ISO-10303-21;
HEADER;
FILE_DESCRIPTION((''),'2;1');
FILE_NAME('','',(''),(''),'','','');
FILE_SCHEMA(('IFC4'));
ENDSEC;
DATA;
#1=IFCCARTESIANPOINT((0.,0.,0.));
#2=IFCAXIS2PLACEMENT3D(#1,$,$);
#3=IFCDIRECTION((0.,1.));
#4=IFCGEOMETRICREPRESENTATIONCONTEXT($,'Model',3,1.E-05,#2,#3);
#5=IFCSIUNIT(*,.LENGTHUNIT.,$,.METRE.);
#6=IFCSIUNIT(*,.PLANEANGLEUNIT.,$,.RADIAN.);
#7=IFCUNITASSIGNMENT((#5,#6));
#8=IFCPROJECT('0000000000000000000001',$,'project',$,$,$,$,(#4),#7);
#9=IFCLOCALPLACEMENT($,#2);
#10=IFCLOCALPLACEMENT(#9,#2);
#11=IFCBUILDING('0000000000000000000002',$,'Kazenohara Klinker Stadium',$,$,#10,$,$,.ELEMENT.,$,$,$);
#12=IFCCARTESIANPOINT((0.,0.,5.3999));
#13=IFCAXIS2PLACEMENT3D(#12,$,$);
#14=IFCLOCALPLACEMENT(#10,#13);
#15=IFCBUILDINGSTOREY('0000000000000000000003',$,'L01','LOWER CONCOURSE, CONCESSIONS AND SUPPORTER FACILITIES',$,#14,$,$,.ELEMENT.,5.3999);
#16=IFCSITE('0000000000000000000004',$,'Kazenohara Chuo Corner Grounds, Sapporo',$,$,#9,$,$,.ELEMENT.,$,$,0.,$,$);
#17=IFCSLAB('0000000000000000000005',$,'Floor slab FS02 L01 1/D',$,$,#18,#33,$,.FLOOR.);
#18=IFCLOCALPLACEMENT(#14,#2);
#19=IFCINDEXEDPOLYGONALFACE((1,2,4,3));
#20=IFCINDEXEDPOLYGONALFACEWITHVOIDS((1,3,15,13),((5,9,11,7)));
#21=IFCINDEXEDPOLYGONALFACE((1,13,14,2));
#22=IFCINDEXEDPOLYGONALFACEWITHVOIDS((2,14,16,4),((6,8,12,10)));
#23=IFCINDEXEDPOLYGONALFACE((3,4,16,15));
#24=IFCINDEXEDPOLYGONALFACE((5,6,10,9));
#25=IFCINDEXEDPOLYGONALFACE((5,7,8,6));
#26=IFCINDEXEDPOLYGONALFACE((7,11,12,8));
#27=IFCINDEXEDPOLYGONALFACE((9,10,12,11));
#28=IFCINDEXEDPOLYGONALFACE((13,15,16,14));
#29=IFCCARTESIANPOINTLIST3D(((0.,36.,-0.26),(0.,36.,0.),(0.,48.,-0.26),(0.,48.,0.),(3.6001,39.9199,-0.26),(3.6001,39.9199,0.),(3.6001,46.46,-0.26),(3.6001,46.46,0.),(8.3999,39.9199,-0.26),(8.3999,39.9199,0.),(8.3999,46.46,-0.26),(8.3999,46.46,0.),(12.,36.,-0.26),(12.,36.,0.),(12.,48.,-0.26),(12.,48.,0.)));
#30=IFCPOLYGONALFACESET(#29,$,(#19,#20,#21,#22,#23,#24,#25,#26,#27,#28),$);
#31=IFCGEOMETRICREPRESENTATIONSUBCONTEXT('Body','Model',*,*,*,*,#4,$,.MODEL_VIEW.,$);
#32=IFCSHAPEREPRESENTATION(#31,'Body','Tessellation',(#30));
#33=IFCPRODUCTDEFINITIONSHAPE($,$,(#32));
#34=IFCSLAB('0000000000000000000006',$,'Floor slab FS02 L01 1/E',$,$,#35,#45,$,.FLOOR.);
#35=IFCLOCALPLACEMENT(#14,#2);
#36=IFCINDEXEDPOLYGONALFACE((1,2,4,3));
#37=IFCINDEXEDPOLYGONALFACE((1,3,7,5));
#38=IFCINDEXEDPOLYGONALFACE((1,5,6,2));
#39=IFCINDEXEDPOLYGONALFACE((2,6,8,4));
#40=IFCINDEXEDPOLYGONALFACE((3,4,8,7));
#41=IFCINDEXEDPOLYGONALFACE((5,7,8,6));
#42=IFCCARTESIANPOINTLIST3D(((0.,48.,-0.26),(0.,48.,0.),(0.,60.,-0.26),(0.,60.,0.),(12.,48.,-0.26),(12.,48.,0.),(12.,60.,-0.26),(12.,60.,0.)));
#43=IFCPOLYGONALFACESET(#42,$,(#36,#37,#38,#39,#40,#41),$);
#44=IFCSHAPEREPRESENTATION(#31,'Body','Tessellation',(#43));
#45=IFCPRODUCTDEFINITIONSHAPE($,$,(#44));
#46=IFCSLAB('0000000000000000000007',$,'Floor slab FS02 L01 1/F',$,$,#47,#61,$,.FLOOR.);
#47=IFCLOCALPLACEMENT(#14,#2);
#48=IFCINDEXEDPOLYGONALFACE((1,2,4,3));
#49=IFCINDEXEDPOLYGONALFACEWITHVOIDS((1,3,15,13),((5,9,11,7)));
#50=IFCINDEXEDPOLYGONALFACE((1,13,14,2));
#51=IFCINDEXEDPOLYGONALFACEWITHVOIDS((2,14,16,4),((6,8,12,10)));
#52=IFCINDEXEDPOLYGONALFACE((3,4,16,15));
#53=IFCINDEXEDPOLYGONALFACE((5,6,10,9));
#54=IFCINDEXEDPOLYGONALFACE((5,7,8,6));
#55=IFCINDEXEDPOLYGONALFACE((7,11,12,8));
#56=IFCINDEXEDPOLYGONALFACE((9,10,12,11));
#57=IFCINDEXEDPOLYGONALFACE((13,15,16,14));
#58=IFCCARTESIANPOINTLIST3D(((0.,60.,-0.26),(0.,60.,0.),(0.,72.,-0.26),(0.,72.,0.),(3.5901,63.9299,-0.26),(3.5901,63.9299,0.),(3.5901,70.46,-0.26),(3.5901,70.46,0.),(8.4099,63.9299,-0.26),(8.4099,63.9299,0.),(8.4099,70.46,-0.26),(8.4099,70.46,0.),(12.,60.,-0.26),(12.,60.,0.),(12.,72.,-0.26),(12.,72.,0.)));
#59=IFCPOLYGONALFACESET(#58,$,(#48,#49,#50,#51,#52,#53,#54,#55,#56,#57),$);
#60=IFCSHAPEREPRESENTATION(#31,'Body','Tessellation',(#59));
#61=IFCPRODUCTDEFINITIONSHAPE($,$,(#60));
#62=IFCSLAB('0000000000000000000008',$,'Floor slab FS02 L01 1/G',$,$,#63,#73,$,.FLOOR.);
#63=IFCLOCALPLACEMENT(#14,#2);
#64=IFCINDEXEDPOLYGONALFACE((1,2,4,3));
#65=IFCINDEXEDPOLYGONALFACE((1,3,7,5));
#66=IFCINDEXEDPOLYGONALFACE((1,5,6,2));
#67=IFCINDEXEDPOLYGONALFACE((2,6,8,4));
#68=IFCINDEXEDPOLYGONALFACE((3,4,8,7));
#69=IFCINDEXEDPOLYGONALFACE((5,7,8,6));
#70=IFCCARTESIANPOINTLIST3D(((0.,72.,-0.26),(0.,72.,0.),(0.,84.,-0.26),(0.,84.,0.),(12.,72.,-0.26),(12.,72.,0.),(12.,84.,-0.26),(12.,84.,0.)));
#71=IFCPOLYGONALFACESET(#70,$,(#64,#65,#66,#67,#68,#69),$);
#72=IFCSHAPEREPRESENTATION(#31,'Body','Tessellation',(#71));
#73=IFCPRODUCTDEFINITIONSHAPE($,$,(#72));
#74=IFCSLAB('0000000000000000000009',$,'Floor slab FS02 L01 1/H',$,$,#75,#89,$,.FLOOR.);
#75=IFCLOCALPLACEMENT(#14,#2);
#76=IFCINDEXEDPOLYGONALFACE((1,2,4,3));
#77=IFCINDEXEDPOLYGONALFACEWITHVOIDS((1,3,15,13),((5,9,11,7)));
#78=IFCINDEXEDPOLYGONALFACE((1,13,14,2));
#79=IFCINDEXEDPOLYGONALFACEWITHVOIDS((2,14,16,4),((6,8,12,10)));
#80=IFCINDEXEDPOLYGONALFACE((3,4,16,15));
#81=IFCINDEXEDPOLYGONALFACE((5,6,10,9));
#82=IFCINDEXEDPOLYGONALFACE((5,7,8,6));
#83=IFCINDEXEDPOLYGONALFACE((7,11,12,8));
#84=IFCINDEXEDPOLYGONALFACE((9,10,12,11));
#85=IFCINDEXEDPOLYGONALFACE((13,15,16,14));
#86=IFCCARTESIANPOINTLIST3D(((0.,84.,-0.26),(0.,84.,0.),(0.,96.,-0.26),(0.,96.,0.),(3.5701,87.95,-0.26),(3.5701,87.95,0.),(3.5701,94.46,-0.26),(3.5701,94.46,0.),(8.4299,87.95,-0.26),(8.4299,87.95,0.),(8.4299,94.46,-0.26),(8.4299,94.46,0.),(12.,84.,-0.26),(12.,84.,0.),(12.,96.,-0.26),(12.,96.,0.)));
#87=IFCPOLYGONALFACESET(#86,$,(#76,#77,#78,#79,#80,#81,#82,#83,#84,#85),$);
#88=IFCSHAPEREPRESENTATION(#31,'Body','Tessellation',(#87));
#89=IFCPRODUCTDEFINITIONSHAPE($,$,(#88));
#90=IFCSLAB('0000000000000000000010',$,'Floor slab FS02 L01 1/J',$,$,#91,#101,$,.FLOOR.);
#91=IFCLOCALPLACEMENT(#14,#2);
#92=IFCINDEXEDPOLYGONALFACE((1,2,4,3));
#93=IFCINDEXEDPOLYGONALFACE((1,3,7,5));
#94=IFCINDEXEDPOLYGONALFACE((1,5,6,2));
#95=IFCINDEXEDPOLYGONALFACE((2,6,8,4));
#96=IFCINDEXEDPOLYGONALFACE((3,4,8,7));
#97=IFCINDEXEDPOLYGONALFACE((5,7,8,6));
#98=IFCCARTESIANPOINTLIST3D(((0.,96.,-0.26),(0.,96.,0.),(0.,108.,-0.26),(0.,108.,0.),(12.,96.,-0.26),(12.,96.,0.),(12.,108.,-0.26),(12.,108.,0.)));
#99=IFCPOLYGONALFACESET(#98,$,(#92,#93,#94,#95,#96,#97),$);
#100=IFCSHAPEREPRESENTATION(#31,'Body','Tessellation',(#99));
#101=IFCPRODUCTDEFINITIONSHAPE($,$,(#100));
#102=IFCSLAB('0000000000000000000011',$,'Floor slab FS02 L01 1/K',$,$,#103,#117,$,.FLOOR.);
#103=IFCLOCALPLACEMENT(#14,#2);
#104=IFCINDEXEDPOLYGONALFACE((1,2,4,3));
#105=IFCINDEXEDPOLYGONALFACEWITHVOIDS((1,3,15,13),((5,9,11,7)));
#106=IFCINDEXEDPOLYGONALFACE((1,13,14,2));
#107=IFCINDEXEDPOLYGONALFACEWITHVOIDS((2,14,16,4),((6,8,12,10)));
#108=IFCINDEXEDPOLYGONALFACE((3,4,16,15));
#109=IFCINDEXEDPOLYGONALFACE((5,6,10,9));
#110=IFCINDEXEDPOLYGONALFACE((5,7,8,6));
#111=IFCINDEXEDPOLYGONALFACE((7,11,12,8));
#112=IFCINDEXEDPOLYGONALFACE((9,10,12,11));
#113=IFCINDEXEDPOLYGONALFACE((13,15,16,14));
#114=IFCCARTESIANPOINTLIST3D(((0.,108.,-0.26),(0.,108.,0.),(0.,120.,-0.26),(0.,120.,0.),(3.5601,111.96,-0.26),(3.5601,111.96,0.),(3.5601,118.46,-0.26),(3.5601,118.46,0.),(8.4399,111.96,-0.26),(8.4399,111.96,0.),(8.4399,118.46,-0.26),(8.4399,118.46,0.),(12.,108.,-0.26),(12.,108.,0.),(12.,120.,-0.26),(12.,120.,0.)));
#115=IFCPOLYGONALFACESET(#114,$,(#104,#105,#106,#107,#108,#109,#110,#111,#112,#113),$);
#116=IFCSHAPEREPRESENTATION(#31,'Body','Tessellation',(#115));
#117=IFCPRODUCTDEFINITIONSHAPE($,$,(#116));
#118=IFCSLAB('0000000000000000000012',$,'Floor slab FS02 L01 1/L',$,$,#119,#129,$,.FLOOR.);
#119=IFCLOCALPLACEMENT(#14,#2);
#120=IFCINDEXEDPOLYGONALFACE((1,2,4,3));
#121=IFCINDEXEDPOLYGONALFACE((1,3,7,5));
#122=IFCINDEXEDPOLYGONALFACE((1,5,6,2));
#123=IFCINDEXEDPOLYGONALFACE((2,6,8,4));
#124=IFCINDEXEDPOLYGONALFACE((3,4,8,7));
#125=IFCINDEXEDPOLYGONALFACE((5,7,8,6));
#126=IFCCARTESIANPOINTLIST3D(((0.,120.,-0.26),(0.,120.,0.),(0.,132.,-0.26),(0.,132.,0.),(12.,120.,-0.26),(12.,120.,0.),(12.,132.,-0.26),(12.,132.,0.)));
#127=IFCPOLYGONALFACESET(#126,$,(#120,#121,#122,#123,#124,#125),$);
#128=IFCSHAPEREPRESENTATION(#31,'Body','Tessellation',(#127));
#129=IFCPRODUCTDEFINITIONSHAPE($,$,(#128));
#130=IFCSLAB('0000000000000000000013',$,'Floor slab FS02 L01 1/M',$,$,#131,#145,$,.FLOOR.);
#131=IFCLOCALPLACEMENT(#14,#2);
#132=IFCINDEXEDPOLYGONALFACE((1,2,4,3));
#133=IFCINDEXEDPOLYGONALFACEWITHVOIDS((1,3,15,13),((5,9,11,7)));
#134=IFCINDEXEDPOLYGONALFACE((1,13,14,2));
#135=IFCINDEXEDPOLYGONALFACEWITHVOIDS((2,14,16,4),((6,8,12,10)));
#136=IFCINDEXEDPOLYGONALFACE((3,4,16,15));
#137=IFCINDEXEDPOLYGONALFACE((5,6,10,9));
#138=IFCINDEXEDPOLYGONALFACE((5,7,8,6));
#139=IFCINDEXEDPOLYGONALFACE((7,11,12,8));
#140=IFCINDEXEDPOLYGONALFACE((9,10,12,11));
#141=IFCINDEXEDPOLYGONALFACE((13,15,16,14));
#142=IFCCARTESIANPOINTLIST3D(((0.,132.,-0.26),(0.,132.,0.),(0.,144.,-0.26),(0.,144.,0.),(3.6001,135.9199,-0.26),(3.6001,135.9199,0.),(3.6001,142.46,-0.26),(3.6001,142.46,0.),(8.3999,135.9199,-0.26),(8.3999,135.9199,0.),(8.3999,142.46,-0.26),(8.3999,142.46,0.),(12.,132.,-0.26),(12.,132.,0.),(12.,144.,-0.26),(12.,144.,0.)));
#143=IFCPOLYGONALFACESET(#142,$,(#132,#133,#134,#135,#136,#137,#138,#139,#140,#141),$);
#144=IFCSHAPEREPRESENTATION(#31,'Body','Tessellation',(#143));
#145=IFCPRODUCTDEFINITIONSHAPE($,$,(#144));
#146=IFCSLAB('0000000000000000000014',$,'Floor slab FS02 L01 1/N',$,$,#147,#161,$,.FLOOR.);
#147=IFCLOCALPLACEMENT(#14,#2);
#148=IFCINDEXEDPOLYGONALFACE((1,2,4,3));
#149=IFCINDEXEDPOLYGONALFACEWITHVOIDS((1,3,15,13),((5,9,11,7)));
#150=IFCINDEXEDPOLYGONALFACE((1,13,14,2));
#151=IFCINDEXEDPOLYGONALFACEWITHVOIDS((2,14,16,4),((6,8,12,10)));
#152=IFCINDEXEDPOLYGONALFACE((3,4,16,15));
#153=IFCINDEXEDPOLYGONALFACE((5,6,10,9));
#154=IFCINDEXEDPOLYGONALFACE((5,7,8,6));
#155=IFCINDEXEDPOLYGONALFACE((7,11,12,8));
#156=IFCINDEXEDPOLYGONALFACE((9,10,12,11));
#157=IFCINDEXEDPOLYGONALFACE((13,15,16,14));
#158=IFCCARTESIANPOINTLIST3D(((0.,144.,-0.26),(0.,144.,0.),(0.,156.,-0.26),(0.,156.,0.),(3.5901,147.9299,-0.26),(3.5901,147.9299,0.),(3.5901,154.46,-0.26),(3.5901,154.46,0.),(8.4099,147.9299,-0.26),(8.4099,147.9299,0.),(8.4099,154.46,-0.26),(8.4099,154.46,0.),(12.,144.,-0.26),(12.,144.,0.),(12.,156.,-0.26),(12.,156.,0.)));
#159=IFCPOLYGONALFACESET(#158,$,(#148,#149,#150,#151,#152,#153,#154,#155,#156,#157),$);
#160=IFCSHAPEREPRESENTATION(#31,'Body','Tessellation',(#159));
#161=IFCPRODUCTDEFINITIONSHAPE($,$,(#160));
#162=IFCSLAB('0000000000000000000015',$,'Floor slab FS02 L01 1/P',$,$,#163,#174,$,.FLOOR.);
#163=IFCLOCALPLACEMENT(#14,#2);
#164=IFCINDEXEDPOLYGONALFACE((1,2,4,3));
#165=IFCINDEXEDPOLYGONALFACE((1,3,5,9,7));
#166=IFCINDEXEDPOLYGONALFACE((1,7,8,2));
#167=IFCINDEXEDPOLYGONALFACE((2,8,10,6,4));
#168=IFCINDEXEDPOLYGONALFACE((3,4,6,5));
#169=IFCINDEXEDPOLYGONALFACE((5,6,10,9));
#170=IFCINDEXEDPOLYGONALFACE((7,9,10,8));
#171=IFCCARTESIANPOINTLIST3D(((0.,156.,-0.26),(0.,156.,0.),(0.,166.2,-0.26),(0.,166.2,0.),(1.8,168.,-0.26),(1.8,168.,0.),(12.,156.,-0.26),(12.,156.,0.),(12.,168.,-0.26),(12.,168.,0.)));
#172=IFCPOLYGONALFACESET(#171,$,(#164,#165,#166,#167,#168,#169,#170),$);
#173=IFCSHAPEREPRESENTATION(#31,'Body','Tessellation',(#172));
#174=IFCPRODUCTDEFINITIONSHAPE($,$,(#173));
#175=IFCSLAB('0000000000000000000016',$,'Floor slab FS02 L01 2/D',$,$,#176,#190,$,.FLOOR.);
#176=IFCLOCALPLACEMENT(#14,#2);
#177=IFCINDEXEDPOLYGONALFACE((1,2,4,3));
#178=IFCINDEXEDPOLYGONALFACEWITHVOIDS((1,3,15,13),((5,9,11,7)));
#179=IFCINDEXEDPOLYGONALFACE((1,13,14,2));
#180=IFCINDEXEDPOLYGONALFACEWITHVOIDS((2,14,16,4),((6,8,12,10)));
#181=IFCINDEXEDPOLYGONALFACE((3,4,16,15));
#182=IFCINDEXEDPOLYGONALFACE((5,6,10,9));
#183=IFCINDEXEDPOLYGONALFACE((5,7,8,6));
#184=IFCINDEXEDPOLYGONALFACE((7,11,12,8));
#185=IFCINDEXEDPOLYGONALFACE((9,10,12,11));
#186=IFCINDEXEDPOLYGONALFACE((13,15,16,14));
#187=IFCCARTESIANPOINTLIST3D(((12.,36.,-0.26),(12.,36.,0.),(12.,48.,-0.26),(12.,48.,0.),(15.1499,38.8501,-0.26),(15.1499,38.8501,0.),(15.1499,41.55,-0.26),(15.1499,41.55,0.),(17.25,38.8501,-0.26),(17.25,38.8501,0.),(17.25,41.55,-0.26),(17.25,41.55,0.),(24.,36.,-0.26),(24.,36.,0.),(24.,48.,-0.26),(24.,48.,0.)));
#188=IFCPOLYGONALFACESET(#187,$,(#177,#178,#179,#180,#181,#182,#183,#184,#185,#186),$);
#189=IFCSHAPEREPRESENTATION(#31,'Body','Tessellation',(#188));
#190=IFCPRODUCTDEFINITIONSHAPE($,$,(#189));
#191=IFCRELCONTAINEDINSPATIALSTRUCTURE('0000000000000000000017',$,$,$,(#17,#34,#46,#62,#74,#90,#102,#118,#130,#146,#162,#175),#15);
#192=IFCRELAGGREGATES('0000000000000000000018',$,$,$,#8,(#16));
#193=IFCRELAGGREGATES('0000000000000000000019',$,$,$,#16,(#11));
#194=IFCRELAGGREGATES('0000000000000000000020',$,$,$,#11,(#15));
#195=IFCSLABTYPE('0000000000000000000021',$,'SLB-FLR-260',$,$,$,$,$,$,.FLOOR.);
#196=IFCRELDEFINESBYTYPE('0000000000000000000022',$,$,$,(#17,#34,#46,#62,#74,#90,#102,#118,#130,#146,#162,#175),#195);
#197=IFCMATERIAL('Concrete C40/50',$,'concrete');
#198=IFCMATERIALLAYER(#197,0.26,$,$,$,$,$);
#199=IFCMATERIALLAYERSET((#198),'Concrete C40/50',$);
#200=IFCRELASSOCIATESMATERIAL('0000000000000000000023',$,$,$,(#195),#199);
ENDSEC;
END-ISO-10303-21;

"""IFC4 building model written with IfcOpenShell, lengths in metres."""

from ifc_helpers import new_model, si_unit, direction, frame, origin, place, context, subcontext, project, spatial, polyline, outline, extrude, material, layer, layer_set, type_object, element, save


model = new_model("IFC4")

# Units and contexts
model_context = context("Model", 3, precision=1e-05, world=origin(), true_north=direction((0.0, 1.0)))
body_context = subcontext(model_context, "Body", "Model", "MODEL_VIEW")
ifc_project = project(units=[si_unit("LENGTHUNIT", "METRE"), si_unit("PLANEANGLEUNIT", "RADIAN")], contexts=[model_context])

# Site, building, storey
site_placement = place(None, origin())
site = spatial("IfcSite", under=ifc_project, at=site_placement, Name="Kazenohara Chuo Corner Grounds, Sapporo", CompositionType="ELEMENT", RefElevation=0.0)
building_placement = place(site_placement, origin())
building = spatial("IfcBuilding", under=site, at=building_placement, Name="Kazenohara Klinker Stadium", CompositionType="ELEMENT")
storey_placement = place(building_placement, frame((0.0, 0.0, 5.3999)))
storey = spatial("IfcBuildingStorey", under=building, at=storey_placement, Name="L01", Description="LOWER CONCOURSE, CONCESSIONS AND SUPPORTER FACILITIES", CompositionType="ELEMENT", Elevation=5.3999)

# Slabs
ifc_material_1 = material(Name="Concrete C40/50", Category="concrete")
ifc_layer_1 = layer(ifc_material_1, 0.26)
ifc_layer_set_1 = layer_set([ifc_layer_1], Name="Concrete C40/50")
slab_type_1 = type_object("IfcSlabType", Name="SLB-FLR-260", PredefinedType="FLOOR", material=ifc_layer_set_1)
slab_1_placement = place(storey_placement, frame((0.0, 0.0, -0.26)))
element("IfcSlab", 1, at=slab_1_placement, inside=storey, type_object=slab_type_1, Name="Floor slab FS02 L01 1/D", PredefinedType="FLOOR", context=body_context, shape_type="SweptSolid", body=[
    extrude(outline(polyline([(0.0, 36.0), (12.0, 36.0), (12.0, 48.0), (0.0, 48.0), (0.0, 36.0)]), holes=[polyline([(8.3999, 39.9199), (8.3999, 46.46), (3.6001, 46.46), (3.6001, 39.9199), (8.3999, 39.9199)])]), origin(), (0.0, 0.0, 1.0), 0.26),
])
slab_2_placement = place(storey_placement, frame((0.0, 0.0, -0.26)))
element("IfcSlab", 2, at=slab_2_placement, inside=storey, type_object=slab_type_1, Name="Floor slab FS02 L01 1/E", PredefinedType="FLOOR", context=body_context, shape_type="SweptSolid", body=[
    extrude(outline(polyline([(0.0, 48.0), (12.0, 48.0), (12.0, 60.0), (0.0, 60.0), (0.0, 48.0)])), origin(), (0.0, 0.0, 1.0), 0.26),
])
slab_3_placement = place(storey_placement, frame((0.0, 0.0, -0.26)))
element("IfcSlab", 3, at=slab_3_placement, inside=storey, type_object=slab_type_1, Name="Floor slab FS02 L01 1/F", PredefinedType="FLOOR", context=body_context, shape_type="SweptSolid", body=[
    extrude(outline(polyline([(0.0, 60.0), (12.0, 60.0), (12.0, 72.0), (0.0, 72.0), (0.0, 60.0)]), holes=[polyline([(8.4099, 63.9299), (8.4099, 70.46), (3.5901, 70.46), (3.5901, 63.9299), (8.4099, 63.9299)])]), origin(), (0.0, 0.0, 1.0), 0.26),
])
slab_4_placement = place(storey_placement, frame((0.0, 0.0, -0.26)))
element("IfcSlab", 4, at=slab_4_placement, inside=storey, type_object=slab_type_1, Name="Floor slab FS02 L01 1/G", PredefinedType="FLOOR", context=body_context, shape_type="SweptSolid", body=[
    extrude(outline(polyline([(0.0, 72.0), (12.0, 72.0), (12.0, 84.0), (0.0, 84.0), (0.0, 72.0)])), origin(), (0.0, 0.0, 1.0), 0.26),
])
slab_5_placement = place(storey_placement, frame((0.0, 0.0, -0.26)))
element("IfcSlab", 5, at=slab_5_placement, inside=storey, type_object=slab_type_1, Name="Floor slab FS02 L01 1/H", PredefinedType="FLOOR", context=body_context, shape_type="SweptSolid", body=[
    extrude(outline(polyline([(0.0, 84.0), (12.0, 84.0), (12.0, 96.0), (0.0, 96.0), (0.0, 84.0)]), holes=[polyline([(8.4299, 87.95), (8.4299, 94.46), (3.5701, 94.46), (3.5701, 87.95), (8.4299, 87.95)])]), origin(), (0.0, 0.0, 1.0), 0.26),
])
slab_6_placement = place(storey_placement, frame((0.0, 0.0, -0.26)))
element("IfcSlab", 6, at=slab_6_placement, inside=storey, type_object=slab_type_1, Name="Floor slab FS02 L01 1/J", PredefinedType="FLOOR", context=body_context, shape_type="SweptSolid", body=[
    extrude(outline(polyline([(0.0, 96.0), (12.0, 96.0), (12.0, 108.0), (0.0, 108.0), (0.0, 96.0)])), origin(), (0.0, 0.0, 1.0), 0.26),
])
slab_7_placement = place(storey_placement, frame((0.0, 0.0, -0.26)))
element("IfcSlab", 7, at=slab_7_placement, inside=storey, type_object=slab_type_1, Name="Floor slab FS02 L01 1/K", PredefinedType="FLOOR", context=body_context, shape_type="SweptSolid", body=[
    extrude(outline(polyline([(0.0, 108.0), (12.0, 108.0), (12.0, 120.0), (0.0, 120.0), (0.0, 108.0)]), holes=[polyline([(8.4399, 111.96), (8.4399, 118.46), (3.5601, 118.46), (3.5601, 111.96), (8.4399, 111.96)])]), origin(), (0.0, 0.0, 1.0), 0.26),
])
slab_8_placement = place(storey_placement, frame((0.0, 0.0, -0.26)))
element("IfcSlab", 8, at=slab_8_placement, inside=storey, type_object=slab_type_1, Name="Floor slab FS02 L01 1/L", PredefinedType="FLOOR", context=body_context, shape_type="SweptSolid", body=[
    extrude(outline(polyline([(0.0, 120.0), (12.0, 120.0), (12.0, 132.0), (0.0, 132.0), (0.0, 120.0)])), origin(), (0.0, 0.0, 1.0), 0.26),
])
slab_9_placement = place(storey_placement, frame((0.0, 0.0, -0.26)))
element("IfcSlab", 9, at=slab_9_placement, inside=storey, type_object=slab_type_1, Name="Floor slab FS02 L01 1/M", PredefinedType="FLOOR", context=body_context, shape_type="SweptSolid", body=[
    extrude(outline(polyline([(0.0, 132.0), (12.0, 132.0), (12.0, 144.0), (0.0, 144.0), (0.0, 132.0)]), holes=[polyline([(8.3999, 135.9199), (8.3999, 142.46), (3.6001, 142.46), (3.6001, 135.9199), (8.3999, 135.9199)])]), origin(), (0.0, 0.0, 1.0), 0.26),
])
slab_10_placement = place(storey_placement, frame((0.0, 0.0, -0.26)))
element("IfcSlab", 10, at=slab_10_placement, inside=storey, type_object=slab_type_1, Name="Floor slab FS02 L01 1/N", PredefinedType="FLOOR", context=body_context, shape_type="SweptSolid", body=[
    extrude(outline(polyline([(0.0, 144.0), (12.0, 144.0), (12.0, 156.0), (0.0, 156.0), (0.0, 144.0)]), holes=[polyline([(8.4099, 147.9299), (8.4099, 154.46), (3.5901, 154.46), (3.5901, 147.9299), (8.4099, 147.9299)])]), origin(), (0.0, 0.0, 1.0), 0.26),
])
slab_11_placement = place(storey_placement, frame((0.0, 0.0, -0.26)))
element("IfcSlab", 11, at=slab_11_placement, inside=storey, type_object=slab_type_1, Name="Floor slab FS02 L01 1/P", PredefinedType="FLOOR", context=body_context, shape_type="SweptSolid", body=[
    extrude(outline(polyline([(0.0, 156.0), (12.0, 156.0), (12.0, 168.0), (1.8, 168.0), (0.0, 166.2), (0.0, 156.0)])), origin(), (0.0, 0.0, 1.0), 0.26),
])
slab_12_placement = place(storey_placement, frame((0.0, 0.0, -0.26)))
element("IfcSlab", 12, at=slab_12_placement, inside=storey, type_object=slab_type_1, Name="Floor slab FS02 L01 2/D", PredefinedType="FLOOR", context=body_context, shape_type="SweptSolid", body=[
    extrude(outline(polyline([(12.0, 36.0), (24.0, 36.0), (24.0, 48.0), (12.0, 48.0), (12.0, 36.0)]), holes=[polyline([(15.1499, 38.8501), (17.25, 38.8501), (17.25, 41.55), (15.1499, 41.55), (15.1499, 38.8501)])]), origin(), (0.0, 0.0, 1.0), 0.26),
])

save(model, "model.ifc")
